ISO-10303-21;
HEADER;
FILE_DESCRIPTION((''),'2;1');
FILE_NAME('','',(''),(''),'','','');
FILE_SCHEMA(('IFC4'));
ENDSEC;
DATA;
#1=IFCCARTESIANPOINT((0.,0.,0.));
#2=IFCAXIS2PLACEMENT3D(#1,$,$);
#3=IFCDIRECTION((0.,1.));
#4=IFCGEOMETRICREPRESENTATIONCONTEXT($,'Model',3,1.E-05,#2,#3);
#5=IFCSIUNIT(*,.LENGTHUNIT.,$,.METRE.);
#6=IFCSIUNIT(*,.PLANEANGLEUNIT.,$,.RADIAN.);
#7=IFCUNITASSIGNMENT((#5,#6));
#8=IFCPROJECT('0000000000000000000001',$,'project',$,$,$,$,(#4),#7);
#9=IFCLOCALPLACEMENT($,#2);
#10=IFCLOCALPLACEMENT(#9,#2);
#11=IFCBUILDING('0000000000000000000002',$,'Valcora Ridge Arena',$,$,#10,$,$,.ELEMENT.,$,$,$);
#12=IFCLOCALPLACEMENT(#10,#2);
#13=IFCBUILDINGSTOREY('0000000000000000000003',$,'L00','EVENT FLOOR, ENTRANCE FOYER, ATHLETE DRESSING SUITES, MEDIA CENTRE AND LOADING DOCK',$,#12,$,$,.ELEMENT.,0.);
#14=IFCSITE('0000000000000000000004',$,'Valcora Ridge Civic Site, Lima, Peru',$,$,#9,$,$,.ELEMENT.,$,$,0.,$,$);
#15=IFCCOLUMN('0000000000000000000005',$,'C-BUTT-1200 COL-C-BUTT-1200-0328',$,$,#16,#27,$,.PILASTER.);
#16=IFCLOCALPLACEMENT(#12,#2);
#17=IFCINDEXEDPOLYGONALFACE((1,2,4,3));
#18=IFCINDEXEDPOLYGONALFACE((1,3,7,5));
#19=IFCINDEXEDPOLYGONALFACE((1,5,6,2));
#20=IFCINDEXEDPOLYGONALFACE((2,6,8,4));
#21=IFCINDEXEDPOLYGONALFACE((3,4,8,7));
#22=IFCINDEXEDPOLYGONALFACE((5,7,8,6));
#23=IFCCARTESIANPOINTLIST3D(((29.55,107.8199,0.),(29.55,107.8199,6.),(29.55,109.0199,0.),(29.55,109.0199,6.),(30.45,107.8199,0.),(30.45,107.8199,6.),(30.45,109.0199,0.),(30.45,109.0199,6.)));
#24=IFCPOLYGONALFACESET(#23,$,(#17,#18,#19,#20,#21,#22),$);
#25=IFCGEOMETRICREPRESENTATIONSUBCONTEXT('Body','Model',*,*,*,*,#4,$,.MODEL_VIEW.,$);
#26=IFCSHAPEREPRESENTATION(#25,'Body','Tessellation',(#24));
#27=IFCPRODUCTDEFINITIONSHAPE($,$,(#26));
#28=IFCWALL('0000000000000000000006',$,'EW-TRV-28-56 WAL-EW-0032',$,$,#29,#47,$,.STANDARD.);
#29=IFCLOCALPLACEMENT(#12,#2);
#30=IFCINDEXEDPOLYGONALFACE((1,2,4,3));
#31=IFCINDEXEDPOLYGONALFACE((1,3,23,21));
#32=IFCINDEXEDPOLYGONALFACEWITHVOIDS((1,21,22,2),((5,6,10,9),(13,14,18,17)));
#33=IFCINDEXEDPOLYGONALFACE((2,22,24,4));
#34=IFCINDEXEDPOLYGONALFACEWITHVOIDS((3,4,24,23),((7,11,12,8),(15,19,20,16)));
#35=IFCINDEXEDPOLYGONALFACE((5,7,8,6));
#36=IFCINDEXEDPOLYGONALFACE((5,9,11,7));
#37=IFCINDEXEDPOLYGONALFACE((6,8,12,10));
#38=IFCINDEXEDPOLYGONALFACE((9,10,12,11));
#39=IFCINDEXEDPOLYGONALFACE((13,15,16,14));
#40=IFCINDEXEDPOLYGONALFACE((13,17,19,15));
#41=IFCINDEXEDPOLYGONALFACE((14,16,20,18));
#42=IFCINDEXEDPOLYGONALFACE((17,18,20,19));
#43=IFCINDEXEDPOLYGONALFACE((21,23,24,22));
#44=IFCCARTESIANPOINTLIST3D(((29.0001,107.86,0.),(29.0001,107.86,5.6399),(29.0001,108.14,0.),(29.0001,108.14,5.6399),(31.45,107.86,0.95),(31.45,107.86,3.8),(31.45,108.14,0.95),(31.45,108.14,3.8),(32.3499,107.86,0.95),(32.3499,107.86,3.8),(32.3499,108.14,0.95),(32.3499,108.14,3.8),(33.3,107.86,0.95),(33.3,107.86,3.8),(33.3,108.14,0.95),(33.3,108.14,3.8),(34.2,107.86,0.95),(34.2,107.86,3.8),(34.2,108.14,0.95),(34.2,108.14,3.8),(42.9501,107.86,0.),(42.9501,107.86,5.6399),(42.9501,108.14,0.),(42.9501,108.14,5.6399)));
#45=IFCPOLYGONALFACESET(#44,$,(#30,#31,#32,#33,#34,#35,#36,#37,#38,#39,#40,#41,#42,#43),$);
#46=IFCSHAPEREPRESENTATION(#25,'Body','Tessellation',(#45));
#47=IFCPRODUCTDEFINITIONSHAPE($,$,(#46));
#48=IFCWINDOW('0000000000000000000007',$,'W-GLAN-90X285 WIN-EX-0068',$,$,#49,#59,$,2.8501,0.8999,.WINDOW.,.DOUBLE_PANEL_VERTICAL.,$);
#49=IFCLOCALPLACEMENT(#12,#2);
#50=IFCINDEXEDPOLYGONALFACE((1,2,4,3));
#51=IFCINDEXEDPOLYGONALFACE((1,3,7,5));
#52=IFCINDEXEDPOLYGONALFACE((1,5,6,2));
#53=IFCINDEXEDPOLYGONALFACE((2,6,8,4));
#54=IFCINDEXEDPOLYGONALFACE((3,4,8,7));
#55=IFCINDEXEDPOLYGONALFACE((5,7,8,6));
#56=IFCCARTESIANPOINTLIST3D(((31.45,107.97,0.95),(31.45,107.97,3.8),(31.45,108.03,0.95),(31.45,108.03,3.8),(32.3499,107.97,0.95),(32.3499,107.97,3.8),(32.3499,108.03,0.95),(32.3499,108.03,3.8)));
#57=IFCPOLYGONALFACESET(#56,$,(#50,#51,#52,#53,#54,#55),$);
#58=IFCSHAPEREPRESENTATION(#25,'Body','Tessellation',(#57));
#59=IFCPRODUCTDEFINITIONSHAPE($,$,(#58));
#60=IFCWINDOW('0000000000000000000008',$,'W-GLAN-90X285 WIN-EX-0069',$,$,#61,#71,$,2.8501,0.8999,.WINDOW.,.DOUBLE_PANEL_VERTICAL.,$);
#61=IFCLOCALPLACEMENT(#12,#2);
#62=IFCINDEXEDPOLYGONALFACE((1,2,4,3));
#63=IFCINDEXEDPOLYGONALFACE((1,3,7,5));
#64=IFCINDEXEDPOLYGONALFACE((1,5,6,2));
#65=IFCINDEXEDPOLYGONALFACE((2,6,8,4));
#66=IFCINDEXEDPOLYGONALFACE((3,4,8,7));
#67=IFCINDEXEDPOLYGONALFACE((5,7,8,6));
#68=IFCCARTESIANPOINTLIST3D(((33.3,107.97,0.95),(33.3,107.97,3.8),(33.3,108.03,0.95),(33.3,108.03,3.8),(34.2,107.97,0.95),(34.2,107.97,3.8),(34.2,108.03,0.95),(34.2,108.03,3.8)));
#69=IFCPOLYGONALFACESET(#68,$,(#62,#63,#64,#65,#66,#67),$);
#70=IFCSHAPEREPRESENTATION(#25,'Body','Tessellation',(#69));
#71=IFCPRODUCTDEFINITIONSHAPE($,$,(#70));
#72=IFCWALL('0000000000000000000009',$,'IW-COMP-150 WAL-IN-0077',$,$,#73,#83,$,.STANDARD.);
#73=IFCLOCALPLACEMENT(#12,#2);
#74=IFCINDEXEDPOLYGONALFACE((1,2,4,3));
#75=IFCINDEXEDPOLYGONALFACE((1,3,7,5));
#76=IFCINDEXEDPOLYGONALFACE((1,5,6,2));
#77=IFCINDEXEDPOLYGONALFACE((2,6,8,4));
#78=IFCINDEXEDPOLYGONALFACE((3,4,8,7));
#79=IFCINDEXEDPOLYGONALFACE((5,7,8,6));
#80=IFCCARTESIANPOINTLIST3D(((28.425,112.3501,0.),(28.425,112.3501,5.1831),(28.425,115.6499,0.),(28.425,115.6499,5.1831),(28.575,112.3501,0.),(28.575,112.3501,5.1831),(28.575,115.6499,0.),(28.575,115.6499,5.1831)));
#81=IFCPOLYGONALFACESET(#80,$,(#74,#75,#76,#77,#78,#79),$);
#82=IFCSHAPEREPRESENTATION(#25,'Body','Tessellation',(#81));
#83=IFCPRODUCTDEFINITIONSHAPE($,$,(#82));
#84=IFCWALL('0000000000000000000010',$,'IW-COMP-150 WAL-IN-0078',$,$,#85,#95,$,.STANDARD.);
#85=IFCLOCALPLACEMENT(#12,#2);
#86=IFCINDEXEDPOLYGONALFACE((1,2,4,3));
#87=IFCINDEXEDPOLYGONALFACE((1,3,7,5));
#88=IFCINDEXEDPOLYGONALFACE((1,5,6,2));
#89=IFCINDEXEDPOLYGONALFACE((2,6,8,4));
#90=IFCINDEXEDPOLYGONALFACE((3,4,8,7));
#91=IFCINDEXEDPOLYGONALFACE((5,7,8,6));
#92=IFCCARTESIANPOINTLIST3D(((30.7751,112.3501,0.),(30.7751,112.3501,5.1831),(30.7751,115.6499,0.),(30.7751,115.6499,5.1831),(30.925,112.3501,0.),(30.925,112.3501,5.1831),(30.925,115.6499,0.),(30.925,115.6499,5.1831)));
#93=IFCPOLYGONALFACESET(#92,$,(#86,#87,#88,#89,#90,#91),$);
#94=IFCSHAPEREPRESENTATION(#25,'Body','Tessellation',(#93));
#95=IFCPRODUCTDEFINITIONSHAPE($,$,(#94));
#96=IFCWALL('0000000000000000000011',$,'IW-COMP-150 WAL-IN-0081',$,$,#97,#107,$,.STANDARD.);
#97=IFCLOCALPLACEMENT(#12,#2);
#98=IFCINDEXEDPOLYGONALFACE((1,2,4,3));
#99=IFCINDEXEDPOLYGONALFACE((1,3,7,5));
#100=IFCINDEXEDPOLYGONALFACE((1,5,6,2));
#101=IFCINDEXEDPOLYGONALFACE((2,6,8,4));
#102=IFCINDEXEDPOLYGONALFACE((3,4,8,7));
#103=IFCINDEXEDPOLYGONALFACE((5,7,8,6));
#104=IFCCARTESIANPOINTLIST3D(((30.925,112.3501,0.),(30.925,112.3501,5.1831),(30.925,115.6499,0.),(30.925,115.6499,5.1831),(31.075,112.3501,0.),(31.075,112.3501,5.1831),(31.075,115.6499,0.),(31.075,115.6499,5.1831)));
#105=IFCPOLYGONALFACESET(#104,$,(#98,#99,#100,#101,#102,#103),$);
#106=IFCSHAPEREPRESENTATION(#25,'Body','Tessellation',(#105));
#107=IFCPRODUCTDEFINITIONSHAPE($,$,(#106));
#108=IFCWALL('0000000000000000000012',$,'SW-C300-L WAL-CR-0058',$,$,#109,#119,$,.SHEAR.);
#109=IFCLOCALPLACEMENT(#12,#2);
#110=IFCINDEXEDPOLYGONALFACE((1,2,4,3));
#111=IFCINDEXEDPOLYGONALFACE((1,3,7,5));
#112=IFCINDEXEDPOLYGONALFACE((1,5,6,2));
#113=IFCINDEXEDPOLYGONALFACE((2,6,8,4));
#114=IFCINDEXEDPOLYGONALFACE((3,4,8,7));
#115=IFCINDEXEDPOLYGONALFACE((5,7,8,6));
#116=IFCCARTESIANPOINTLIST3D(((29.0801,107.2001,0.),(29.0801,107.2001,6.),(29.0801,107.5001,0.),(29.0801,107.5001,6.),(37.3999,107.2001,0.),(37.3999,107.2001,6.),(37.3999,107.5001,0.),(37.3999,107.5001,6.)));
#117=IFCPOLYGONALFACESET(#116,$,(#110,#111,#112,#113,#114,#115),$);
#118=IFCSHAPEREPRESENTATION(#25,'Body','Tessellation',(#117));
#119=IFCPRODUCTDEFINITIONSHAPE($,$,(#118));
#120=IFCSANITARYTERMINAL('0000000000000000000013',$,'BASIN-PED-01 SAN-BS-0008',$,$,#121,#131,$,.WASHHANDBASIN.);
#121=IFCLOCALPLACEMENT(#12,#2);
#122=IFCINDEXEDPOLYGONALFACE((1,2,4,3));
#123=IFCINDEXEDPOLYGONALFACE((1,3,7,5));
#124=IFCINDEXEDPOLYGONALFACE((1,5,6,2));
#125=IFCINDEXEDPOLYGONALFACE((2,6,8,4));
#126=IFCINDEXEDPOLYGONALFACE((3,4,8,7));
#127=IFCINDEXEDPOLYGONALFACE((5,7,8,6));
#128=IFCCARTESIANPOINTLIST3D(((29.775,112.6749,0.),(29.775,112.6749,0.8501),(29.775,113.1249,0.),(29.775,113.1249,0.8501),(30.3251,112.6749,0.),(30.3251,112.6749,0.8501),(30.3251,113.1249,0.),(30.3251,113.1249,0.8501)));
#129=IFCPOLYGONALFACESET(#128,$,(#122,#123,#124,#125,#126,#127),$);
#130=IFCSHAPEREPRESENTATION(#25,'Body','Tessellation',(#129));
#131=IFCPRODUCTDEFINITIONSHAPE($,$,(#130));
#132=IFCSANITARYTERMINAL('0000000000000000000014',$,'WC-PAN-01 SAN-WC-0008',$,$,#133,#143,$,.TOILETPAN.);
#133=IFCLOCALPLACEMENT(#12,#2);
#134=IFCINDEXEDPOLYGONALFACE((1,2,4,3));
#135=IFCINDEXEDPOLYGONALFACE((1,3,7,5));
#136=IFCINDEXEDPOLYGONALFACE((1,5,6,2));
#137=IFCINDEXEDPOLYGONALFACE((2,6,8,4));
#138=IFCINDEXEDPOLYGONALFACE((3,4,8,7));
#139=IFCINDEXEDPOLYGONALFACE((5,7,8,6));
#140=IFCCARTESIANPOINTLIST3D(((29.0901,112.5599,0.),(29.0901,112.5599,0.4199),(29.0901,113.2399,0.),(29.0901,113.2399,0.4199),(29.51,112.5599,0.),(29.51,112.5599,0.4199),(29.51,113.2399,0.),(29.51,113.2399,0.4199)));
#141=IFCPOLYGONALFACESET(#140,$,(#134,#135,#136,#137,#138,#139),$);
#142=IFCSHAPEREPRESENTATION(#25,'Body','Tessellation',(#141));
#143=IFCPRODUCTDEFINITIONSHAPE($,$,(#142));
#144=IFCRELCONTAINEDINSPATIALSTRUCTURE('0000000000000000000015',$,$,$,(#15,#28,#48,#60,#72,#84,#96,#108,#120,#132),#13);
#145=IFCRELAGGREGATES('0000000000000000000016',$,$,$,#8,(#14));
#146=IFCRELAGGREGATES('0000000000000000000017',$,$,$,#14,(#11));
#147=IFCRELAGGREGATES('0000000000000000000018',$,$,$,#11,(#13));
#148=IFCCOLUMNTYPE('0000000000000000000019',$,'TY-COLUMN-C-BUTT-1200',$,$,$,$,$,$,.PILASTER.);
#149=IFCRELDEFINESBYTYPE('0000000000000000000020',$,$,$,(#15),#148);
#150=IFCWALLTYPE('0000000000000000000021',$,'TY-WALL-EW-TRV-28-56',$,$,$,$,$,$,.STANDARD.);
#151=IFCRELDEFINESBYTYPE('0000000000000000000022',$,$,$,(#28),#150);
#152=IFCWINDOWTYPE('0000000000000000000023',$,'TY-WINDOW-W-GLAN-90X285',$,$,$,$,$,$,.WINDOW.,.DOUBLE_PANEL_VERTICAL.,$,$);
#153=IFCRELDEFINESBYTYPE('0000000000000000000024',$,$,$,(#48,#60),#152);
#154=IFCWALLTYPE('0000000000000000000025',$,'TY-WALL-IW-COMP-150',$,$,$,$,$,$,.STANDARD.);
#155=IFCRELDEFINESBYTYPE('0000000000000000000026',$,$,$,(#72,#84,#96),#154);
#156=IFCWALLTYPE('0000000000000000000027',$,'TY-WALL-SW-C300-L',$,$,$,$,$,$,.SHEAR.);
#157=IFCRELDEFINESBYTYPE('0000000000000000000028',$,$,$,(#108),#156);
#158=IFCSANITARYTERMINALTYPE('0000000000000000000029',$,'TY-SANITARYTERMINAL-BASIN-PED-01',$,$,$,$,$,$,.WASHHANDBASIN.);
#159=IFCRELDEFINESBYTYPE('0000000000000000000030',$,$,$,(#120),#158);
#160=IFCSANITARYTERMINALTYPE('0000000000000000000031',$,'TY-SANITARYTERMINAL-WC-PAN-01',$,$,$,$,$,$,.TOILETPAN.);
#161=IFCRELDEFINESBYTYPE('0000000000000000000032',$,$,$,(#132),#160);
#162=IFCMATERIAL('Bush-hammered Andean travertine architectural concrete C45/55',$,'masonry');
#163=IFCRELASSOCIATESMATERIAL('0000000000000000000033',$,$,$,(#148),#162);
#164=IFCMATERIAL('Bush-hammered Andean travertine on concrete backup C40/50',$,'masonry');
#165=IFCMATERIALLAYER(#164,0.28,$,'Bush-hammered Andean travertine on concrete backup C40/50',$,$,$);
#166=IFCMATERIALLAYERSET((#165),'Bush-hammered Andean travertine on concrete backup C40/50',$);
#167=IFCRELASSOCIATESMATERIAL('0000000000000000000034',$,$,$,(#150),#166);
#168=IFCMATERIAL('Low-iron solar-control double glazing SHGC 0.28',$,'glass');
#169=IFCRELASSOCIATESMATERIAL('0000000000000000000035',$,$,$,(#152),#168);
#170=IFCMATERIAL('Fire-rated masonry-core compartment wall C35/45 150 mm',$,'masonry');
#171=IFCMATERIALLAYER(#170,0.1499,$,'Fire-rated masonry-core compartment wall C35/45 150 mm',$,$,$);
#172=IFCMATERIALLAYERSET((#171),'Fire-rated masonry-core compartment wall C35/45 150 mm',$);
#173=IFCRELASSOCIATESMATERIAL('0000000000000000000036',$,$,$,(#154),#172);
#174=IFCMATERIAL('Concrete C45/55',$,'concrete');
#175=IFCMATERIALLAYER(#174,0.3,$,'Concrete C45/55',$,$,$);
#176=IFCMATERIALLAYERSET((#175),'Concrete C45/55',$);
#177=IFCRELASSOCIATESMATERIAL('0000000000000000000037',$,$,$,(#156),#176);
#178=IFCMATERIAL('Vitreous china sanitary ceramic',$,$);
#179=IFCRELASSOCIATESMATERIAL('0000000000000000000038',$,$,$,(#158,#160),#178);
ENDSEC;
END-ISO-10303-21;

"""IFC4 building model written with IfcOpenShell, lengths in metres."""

from ifc_helpers import new_model, si_unit, direction, frame, frame_2d, origin, origin_2d, place, context, subcontext, project, spatial, rectangle, extrude, material, layer, layer_set, material_profile, profile_set, type_object, element, fill, save


model = new_model("IFC4")

# Units and contexts
model_context = context("Model", 3, precision=1e-05, world=origin(), true_north=direction((0.0, 1.0)))
body_context = subcontext(model_context, "Body", "Model", "MODEL_VIEW")
ifc_project = project(units=[si_unit("LENGTHUNIT", "METRE"), si_unit("PLANEANGLEUNIT", "RADIAN")], contexts=[model_context])

# Site, building, storey
site_placement = place(None, origin())
site = spatial("IfcSite", under=ifc_project, at=site_placement, Name="Valcora Ridge Civic Site, Lima, Peru", CompositionType="ELEMENT", RefElevation=0.0)
building_placement = place(site_placement, origin())
building = spatial("IfcBuilding", under=site, at=building_placement, Name="Valcora Ridge Arena", CompositionType="ELEMENT")
storey_placement = place(building_placement, origin())
storey = spatial("IfcBuildingStorey", under=building, at=storey_placement, Name="L00", Description="EVENT FLOOR, ENTRANCE FOYER, ATHLETE DRESSING SUITES, MEDIA CENTRE AND LOADING DOCK", CompositionType="ELEMENT", Elevation=0.0)

# Column
ifc_material_1 = material(Name="Bush-hammered Andean travertine architectural concrete C45/55", Category="masonry")
ifc_material_profile = material_profile(ifc_material_1, rectangle(XDim=0.8999, YDim=1.2, at=origin_2d()), Name="RC 900x1200")
ifc_profile_set = profile_set([ifc_material_profile], Name="Bush-hammered Andean travertine architectural concrete C45/55")
column_type = type_object("IfcColumnType", Name="TY-COLUMN-C-BUTT-1200", PredefinedType="PILASTER", material=ifc_profile_set)
column_placement = place(storey_placement, frame((30.0, 108.4199, 0.0), z_axis=(0.0, 0.0, 1.0), x_axis=(1.0, 0.0, 0.0)))
element("IfcColumn", 1, at=column_placement, inside=storey, type_object=column_type, Name="C-BUTT-1200 COL-C-BUTT-1200-0328", PredefinedType="PILASTER", context=body_context, shape_type="SweptSolid", body=[
    extrude(rectangle(XDim=0.8999, YDim=1.2, at=origin_2d()), origin(), (0.0, 0.0, 1.0), 6.0),
])

# Wall, openings, windows
ifc_material_2 = material(Name="Bush-hammered Andean travertine on concrete backup C40/50", Category="masonry")
ifc_layer_1 = layer(ifc_material_2, 0.28, Name="Bush-hammered Andean travertine on concrete backup C40/50")
ifc_layer_set_1 = layer_set([ifc_layer_1], Name="Bush-hammered Andean travertine on concrete backup C40/50")
wall_type_1 = type_object("IfcWallType", Name="TY-WALL-EW-TRV-28-56", PredefinedType="STANDARD", material=ifc_layer_set_1)
wall_1_placement = place(storey_placement, frame((29.0, 108.0, 0.0), z_axis=(0.0, 0.0, 1.0), x_axis=(1.0, 0.0, 0.0)))
wall_1 = element("IfcWall", 2, at=wall_1_placement, inside=storey, type_object=wall_type_1, Name="EW-TRV-28-56 WAL-EW-0032", PredefinedType="STANDARD", context=body_context, shape_type="SweptSolid", body=[
    extrude(rectangle(XDim=13.95, YDim=0.28, at=frame_2d((6.9751, 0.0))), origin(), (0.0, 0.0, 1.0), 5.6399),
])
opening_1_placement = place(wall_1_placement, frame((2.45, 0.0, 0.95)))
opening_1 = element("IfcOpeningElement", 3, at=opening_1_placement, cuts=wall_1, PredefinedType="OPENING", context=body_context, shape_type="SweptSolid", body=[
    extrude(rectangle(XDim=0.8999, YDim=2.8501, at=frame_2d((0.45, 1.425))), frame((0.0, 0.1499, 0.0), z_axis=(0.0, -1.0, 0.0), x_axis=(1.0, 0.0, 0.0)), (0.0, 0.0, 1.0), 0.3),
])
opening_2_placement = place(wall_1_placement, frame((4.3, 0.0, 0.95)))
opening_2 = element("IfcOpeningElement", 4, at=opening_2_placement, cuts=wall_1, PredefinedType="OPENING", context=body_context, shape_type="SweptSolid", body=[
    extrude(rectangle(XDim=0.8999, YDim=2.8501, at=frame_2d((0.45, 1.425))), frame((0.0, 0.1499, 0.0), z_axis=(0.0, -1.0, 0.0), x_axis=(1.0, 0.0, 0.0)), (0.0, 0.0, 1.0), 0.3),
])
ifc_material_3 = material(Name="Low-iron solar-control double glazing SHGC 0.28", Category="glass")
window_type = type_object("IfcWindowType", Name="TY-WINDOW-W-GLAN-90X285", PartitioningType="DOUBLE_PANEL_VERTICAL", PredefinedType="WINDOW", material=ifc_material_3)
window_1_placement = place(opening_1_placement, origin())
window_1 = element("IfcWindow", 5, at=window_1_placement, inside=storey, type_object=window_type, Name="W-GLAN-90X285 WIN-EX-0068", OverallHeight=2.8501, OverallWidth=0.8999, PartitioningType="DOUBLE_PANEL_VERTICAL", PredefinedType="WINDOW", context=body_context, shape_type="SweptSolid", body=[
    extrude(rectangle(XDim=0.8999, YDim=2.8501, at=frame_2d((0.45, 1.425))), frame((0.0, 0.03, 0.0), z_axis=(0.0, -1.0, 0.0), x_axis=(1.0, 0.0, 0.0)), (0.0, 0.0, 1.0), 0.0601),
])
fill(opening_1, window_1)
window_2_placement = place(opening_2_placement, origin())
window_2 = element("IfcWindow", 6, at=window_2_placement, inside=storey, type_object=window_type, Name="W-GLAN-90X285 WIN-EX-0069", OverallHeight=2.8501, OverallWidth=0.8999, PartitioningType="DOUBLE_PANEL_VERTICAL", PredefinedType="WINDOW", context=body_context, shape_type="SweptSolid", body=[
    extrude(rectangle(XDim=0.8999, YDim=2.8501, at=frame_2d((0.45, 1.425))), frame((0.0, 0.03, 0.0), z_axis=(0.0, -1.0, 0.0), x_axis=(1.0, 0.0, 0.0)), (0.0, 0.0, 1.0), 0.0601),
])
fill(opening_2, window_2)

# Walls
ifc_material_4 = material(Name="Fire-rated masonry-core compartment wall C35/45 150 mm", Category="masonry")
ifc_layer_2 = layer(ifc_material_4, 0.1499, Name="Fire-rated masonry-core compartment wall C35/45 150 mm")
ifc_layer_set_2 = layer_set([ifc_layer_2], Name="Fire-rated masonry-core compartment wall C35/45 150 mm")
wall_type_2 = type_object("IfcWallType", Name="TY-WALL-IW-COMP-150", PredefinedType="STANDARD", material=ifc_layer_set_2)
for number, where, z_axis, x_axis, name in (
    (7, (28.5, 112.3501, 0.0), (0.0, 0.0, 1.0), (0.0, 1.0, 0.0), "IW-COMP-150 WAL-IN-0077"),
    (8, (30.8501, 112.3501, 0.0), (0.0, 0.0, 1.0), (0.0, 1.0, 0.0), "IW-COMP-150 WAL-IN-0078"),
):
    element("IfcWall", number, at=place(storey_placement, frame(where, z_axis=z_axis, x_axis=x_axis)), inside=storey, type_object=wall_type_2, Name=name, PredefinedType="STANDARD", context=body_context, shape_type="SweptSolid", body=[
        extrude(rectangle(XDim=3.2998, YDim=0.1499, at=frame_2d((1.6499, 0.0))), origin(), (0.0, 0.0, 1.0), 5.1831),
    ])

# Walls
wall_2_placement = place(storey_placement, frame((31.0, 112.3501, 0.0), z_axis=(0.0, 0.0, 1.0), x_axis=(0.0, 1.0, 0.0)))
element("IfcWall", 9, at=wall_2_placement, inside=storey, type_object=wall_type_2, Name="IW-COMP-150 WAL-IN-0081", PredefinedType="STANDARD", context=body_context, shape_type="SweptSolid", body=[
    extrude(rectangle(XDim=3.2998, YDim=0.1499, at=frame_2d((1.6499, 0.0))), origin(), (0.0, 0.0, 1.0), 5.1831),
])
ifc_material_5 = material(Name="Concrete C45/55", Category="concrete")
ifc_layer_3 = layer(ifc_material_5, 0.3, Name="Concrete C45/55")
ifc_layer_set_3 = layer_set([ifc_layer_3], Name="Concrete C45/55")
wall_type_3 = type_object("IfcWallType", Name="TY-WALL-SW-C300-L", PredefinedType="SHEAR", material=ifc_layer_set_3)
wall_3_placement = place(storey_placement, frame((29.0801, 107.3501, 0.0), z_axis=(0.0, 0.0, 1.0), x_axis=(1.0, 0.0, 0.0)))
element("IfcWall", 10, at=wall_3_placement, inside=storey, type_object=wall_type_3, Name="SW-C300-L WAL-CR-0058", PredefinedType="SHEAR", context=body_context, shape_type="SweptSolid", body=[
    extrude(rectangle(XDim=8.3198, YDim=0.3, at=frame_2d((4.1599, 0.0))), origin(), (0.0, 0.0, 1.0), 6.0),
])

# Sanitary terminals
ifc_material_6 = material(Name="Vitreous china sanitary ceramic")
sanitary_terminal_type_1 = type_object("IfcSanitaryTerminalType", Name="TY-SANITARYTERMINAL-BASIN-PED-01", PredefinedType="WASHHANDBASIN", material=ifc_material_6)
sanitary_terminal_1_placement = place(storey_placement, frame((30.05, 112.8999, 0.0), z_axis=(0.0, 0.0, 1.0), x_axis=(1.0, 0.0, 0.0)))
element("IfcSanitaryTerminal", 11, at=sanitary_terminal_1_placement, inside=storey, type_object=sanitary_terminal_type_1, Name="BASIN-PED-01 SAN-BS-0008", PredefinedType="WASHHANDBASIN", context=body_context, shape_type="SweptSolid", body=[
    extrude(rectangle(XDim=0.55, YDim=0.45, at=origin_2d()), origin(), (0.0, 0.0, 1.0), 0.8501),
])
sanitary_terminal_type_2 = type_object("IfcSanitaryTerminalType", Name="TY-SANITARYTERMINAL-WC-PAN-01", PredefinedType="TOILETPAN", material=ifc_material_6)
sanitary_terminal_2_placement = place(storey_placement, frame((29.3, 112.8999, 0.0), z_axis=(0.0, 0.0, 1.0), x_axis=(1.0, 0.0, 0.0)))
element("IfcSanitaryTerminal", 12, at=sanitary_terminal_2_placement, inside=storey, type_object=sanitary_terminal_type_2, Name="WC-PAN-01 SAN-WC-0008", PredefinedType="TOILETPAN", context=body_context, shape_type="SweptSolid", body=[
    extrude(rectangle(XDim=0.4199, YDim=0.6799, at=origin_2d()), origin(), (0.0, 0.0, 1.0), 0.4199),
])

save(model, "model.ifc")
